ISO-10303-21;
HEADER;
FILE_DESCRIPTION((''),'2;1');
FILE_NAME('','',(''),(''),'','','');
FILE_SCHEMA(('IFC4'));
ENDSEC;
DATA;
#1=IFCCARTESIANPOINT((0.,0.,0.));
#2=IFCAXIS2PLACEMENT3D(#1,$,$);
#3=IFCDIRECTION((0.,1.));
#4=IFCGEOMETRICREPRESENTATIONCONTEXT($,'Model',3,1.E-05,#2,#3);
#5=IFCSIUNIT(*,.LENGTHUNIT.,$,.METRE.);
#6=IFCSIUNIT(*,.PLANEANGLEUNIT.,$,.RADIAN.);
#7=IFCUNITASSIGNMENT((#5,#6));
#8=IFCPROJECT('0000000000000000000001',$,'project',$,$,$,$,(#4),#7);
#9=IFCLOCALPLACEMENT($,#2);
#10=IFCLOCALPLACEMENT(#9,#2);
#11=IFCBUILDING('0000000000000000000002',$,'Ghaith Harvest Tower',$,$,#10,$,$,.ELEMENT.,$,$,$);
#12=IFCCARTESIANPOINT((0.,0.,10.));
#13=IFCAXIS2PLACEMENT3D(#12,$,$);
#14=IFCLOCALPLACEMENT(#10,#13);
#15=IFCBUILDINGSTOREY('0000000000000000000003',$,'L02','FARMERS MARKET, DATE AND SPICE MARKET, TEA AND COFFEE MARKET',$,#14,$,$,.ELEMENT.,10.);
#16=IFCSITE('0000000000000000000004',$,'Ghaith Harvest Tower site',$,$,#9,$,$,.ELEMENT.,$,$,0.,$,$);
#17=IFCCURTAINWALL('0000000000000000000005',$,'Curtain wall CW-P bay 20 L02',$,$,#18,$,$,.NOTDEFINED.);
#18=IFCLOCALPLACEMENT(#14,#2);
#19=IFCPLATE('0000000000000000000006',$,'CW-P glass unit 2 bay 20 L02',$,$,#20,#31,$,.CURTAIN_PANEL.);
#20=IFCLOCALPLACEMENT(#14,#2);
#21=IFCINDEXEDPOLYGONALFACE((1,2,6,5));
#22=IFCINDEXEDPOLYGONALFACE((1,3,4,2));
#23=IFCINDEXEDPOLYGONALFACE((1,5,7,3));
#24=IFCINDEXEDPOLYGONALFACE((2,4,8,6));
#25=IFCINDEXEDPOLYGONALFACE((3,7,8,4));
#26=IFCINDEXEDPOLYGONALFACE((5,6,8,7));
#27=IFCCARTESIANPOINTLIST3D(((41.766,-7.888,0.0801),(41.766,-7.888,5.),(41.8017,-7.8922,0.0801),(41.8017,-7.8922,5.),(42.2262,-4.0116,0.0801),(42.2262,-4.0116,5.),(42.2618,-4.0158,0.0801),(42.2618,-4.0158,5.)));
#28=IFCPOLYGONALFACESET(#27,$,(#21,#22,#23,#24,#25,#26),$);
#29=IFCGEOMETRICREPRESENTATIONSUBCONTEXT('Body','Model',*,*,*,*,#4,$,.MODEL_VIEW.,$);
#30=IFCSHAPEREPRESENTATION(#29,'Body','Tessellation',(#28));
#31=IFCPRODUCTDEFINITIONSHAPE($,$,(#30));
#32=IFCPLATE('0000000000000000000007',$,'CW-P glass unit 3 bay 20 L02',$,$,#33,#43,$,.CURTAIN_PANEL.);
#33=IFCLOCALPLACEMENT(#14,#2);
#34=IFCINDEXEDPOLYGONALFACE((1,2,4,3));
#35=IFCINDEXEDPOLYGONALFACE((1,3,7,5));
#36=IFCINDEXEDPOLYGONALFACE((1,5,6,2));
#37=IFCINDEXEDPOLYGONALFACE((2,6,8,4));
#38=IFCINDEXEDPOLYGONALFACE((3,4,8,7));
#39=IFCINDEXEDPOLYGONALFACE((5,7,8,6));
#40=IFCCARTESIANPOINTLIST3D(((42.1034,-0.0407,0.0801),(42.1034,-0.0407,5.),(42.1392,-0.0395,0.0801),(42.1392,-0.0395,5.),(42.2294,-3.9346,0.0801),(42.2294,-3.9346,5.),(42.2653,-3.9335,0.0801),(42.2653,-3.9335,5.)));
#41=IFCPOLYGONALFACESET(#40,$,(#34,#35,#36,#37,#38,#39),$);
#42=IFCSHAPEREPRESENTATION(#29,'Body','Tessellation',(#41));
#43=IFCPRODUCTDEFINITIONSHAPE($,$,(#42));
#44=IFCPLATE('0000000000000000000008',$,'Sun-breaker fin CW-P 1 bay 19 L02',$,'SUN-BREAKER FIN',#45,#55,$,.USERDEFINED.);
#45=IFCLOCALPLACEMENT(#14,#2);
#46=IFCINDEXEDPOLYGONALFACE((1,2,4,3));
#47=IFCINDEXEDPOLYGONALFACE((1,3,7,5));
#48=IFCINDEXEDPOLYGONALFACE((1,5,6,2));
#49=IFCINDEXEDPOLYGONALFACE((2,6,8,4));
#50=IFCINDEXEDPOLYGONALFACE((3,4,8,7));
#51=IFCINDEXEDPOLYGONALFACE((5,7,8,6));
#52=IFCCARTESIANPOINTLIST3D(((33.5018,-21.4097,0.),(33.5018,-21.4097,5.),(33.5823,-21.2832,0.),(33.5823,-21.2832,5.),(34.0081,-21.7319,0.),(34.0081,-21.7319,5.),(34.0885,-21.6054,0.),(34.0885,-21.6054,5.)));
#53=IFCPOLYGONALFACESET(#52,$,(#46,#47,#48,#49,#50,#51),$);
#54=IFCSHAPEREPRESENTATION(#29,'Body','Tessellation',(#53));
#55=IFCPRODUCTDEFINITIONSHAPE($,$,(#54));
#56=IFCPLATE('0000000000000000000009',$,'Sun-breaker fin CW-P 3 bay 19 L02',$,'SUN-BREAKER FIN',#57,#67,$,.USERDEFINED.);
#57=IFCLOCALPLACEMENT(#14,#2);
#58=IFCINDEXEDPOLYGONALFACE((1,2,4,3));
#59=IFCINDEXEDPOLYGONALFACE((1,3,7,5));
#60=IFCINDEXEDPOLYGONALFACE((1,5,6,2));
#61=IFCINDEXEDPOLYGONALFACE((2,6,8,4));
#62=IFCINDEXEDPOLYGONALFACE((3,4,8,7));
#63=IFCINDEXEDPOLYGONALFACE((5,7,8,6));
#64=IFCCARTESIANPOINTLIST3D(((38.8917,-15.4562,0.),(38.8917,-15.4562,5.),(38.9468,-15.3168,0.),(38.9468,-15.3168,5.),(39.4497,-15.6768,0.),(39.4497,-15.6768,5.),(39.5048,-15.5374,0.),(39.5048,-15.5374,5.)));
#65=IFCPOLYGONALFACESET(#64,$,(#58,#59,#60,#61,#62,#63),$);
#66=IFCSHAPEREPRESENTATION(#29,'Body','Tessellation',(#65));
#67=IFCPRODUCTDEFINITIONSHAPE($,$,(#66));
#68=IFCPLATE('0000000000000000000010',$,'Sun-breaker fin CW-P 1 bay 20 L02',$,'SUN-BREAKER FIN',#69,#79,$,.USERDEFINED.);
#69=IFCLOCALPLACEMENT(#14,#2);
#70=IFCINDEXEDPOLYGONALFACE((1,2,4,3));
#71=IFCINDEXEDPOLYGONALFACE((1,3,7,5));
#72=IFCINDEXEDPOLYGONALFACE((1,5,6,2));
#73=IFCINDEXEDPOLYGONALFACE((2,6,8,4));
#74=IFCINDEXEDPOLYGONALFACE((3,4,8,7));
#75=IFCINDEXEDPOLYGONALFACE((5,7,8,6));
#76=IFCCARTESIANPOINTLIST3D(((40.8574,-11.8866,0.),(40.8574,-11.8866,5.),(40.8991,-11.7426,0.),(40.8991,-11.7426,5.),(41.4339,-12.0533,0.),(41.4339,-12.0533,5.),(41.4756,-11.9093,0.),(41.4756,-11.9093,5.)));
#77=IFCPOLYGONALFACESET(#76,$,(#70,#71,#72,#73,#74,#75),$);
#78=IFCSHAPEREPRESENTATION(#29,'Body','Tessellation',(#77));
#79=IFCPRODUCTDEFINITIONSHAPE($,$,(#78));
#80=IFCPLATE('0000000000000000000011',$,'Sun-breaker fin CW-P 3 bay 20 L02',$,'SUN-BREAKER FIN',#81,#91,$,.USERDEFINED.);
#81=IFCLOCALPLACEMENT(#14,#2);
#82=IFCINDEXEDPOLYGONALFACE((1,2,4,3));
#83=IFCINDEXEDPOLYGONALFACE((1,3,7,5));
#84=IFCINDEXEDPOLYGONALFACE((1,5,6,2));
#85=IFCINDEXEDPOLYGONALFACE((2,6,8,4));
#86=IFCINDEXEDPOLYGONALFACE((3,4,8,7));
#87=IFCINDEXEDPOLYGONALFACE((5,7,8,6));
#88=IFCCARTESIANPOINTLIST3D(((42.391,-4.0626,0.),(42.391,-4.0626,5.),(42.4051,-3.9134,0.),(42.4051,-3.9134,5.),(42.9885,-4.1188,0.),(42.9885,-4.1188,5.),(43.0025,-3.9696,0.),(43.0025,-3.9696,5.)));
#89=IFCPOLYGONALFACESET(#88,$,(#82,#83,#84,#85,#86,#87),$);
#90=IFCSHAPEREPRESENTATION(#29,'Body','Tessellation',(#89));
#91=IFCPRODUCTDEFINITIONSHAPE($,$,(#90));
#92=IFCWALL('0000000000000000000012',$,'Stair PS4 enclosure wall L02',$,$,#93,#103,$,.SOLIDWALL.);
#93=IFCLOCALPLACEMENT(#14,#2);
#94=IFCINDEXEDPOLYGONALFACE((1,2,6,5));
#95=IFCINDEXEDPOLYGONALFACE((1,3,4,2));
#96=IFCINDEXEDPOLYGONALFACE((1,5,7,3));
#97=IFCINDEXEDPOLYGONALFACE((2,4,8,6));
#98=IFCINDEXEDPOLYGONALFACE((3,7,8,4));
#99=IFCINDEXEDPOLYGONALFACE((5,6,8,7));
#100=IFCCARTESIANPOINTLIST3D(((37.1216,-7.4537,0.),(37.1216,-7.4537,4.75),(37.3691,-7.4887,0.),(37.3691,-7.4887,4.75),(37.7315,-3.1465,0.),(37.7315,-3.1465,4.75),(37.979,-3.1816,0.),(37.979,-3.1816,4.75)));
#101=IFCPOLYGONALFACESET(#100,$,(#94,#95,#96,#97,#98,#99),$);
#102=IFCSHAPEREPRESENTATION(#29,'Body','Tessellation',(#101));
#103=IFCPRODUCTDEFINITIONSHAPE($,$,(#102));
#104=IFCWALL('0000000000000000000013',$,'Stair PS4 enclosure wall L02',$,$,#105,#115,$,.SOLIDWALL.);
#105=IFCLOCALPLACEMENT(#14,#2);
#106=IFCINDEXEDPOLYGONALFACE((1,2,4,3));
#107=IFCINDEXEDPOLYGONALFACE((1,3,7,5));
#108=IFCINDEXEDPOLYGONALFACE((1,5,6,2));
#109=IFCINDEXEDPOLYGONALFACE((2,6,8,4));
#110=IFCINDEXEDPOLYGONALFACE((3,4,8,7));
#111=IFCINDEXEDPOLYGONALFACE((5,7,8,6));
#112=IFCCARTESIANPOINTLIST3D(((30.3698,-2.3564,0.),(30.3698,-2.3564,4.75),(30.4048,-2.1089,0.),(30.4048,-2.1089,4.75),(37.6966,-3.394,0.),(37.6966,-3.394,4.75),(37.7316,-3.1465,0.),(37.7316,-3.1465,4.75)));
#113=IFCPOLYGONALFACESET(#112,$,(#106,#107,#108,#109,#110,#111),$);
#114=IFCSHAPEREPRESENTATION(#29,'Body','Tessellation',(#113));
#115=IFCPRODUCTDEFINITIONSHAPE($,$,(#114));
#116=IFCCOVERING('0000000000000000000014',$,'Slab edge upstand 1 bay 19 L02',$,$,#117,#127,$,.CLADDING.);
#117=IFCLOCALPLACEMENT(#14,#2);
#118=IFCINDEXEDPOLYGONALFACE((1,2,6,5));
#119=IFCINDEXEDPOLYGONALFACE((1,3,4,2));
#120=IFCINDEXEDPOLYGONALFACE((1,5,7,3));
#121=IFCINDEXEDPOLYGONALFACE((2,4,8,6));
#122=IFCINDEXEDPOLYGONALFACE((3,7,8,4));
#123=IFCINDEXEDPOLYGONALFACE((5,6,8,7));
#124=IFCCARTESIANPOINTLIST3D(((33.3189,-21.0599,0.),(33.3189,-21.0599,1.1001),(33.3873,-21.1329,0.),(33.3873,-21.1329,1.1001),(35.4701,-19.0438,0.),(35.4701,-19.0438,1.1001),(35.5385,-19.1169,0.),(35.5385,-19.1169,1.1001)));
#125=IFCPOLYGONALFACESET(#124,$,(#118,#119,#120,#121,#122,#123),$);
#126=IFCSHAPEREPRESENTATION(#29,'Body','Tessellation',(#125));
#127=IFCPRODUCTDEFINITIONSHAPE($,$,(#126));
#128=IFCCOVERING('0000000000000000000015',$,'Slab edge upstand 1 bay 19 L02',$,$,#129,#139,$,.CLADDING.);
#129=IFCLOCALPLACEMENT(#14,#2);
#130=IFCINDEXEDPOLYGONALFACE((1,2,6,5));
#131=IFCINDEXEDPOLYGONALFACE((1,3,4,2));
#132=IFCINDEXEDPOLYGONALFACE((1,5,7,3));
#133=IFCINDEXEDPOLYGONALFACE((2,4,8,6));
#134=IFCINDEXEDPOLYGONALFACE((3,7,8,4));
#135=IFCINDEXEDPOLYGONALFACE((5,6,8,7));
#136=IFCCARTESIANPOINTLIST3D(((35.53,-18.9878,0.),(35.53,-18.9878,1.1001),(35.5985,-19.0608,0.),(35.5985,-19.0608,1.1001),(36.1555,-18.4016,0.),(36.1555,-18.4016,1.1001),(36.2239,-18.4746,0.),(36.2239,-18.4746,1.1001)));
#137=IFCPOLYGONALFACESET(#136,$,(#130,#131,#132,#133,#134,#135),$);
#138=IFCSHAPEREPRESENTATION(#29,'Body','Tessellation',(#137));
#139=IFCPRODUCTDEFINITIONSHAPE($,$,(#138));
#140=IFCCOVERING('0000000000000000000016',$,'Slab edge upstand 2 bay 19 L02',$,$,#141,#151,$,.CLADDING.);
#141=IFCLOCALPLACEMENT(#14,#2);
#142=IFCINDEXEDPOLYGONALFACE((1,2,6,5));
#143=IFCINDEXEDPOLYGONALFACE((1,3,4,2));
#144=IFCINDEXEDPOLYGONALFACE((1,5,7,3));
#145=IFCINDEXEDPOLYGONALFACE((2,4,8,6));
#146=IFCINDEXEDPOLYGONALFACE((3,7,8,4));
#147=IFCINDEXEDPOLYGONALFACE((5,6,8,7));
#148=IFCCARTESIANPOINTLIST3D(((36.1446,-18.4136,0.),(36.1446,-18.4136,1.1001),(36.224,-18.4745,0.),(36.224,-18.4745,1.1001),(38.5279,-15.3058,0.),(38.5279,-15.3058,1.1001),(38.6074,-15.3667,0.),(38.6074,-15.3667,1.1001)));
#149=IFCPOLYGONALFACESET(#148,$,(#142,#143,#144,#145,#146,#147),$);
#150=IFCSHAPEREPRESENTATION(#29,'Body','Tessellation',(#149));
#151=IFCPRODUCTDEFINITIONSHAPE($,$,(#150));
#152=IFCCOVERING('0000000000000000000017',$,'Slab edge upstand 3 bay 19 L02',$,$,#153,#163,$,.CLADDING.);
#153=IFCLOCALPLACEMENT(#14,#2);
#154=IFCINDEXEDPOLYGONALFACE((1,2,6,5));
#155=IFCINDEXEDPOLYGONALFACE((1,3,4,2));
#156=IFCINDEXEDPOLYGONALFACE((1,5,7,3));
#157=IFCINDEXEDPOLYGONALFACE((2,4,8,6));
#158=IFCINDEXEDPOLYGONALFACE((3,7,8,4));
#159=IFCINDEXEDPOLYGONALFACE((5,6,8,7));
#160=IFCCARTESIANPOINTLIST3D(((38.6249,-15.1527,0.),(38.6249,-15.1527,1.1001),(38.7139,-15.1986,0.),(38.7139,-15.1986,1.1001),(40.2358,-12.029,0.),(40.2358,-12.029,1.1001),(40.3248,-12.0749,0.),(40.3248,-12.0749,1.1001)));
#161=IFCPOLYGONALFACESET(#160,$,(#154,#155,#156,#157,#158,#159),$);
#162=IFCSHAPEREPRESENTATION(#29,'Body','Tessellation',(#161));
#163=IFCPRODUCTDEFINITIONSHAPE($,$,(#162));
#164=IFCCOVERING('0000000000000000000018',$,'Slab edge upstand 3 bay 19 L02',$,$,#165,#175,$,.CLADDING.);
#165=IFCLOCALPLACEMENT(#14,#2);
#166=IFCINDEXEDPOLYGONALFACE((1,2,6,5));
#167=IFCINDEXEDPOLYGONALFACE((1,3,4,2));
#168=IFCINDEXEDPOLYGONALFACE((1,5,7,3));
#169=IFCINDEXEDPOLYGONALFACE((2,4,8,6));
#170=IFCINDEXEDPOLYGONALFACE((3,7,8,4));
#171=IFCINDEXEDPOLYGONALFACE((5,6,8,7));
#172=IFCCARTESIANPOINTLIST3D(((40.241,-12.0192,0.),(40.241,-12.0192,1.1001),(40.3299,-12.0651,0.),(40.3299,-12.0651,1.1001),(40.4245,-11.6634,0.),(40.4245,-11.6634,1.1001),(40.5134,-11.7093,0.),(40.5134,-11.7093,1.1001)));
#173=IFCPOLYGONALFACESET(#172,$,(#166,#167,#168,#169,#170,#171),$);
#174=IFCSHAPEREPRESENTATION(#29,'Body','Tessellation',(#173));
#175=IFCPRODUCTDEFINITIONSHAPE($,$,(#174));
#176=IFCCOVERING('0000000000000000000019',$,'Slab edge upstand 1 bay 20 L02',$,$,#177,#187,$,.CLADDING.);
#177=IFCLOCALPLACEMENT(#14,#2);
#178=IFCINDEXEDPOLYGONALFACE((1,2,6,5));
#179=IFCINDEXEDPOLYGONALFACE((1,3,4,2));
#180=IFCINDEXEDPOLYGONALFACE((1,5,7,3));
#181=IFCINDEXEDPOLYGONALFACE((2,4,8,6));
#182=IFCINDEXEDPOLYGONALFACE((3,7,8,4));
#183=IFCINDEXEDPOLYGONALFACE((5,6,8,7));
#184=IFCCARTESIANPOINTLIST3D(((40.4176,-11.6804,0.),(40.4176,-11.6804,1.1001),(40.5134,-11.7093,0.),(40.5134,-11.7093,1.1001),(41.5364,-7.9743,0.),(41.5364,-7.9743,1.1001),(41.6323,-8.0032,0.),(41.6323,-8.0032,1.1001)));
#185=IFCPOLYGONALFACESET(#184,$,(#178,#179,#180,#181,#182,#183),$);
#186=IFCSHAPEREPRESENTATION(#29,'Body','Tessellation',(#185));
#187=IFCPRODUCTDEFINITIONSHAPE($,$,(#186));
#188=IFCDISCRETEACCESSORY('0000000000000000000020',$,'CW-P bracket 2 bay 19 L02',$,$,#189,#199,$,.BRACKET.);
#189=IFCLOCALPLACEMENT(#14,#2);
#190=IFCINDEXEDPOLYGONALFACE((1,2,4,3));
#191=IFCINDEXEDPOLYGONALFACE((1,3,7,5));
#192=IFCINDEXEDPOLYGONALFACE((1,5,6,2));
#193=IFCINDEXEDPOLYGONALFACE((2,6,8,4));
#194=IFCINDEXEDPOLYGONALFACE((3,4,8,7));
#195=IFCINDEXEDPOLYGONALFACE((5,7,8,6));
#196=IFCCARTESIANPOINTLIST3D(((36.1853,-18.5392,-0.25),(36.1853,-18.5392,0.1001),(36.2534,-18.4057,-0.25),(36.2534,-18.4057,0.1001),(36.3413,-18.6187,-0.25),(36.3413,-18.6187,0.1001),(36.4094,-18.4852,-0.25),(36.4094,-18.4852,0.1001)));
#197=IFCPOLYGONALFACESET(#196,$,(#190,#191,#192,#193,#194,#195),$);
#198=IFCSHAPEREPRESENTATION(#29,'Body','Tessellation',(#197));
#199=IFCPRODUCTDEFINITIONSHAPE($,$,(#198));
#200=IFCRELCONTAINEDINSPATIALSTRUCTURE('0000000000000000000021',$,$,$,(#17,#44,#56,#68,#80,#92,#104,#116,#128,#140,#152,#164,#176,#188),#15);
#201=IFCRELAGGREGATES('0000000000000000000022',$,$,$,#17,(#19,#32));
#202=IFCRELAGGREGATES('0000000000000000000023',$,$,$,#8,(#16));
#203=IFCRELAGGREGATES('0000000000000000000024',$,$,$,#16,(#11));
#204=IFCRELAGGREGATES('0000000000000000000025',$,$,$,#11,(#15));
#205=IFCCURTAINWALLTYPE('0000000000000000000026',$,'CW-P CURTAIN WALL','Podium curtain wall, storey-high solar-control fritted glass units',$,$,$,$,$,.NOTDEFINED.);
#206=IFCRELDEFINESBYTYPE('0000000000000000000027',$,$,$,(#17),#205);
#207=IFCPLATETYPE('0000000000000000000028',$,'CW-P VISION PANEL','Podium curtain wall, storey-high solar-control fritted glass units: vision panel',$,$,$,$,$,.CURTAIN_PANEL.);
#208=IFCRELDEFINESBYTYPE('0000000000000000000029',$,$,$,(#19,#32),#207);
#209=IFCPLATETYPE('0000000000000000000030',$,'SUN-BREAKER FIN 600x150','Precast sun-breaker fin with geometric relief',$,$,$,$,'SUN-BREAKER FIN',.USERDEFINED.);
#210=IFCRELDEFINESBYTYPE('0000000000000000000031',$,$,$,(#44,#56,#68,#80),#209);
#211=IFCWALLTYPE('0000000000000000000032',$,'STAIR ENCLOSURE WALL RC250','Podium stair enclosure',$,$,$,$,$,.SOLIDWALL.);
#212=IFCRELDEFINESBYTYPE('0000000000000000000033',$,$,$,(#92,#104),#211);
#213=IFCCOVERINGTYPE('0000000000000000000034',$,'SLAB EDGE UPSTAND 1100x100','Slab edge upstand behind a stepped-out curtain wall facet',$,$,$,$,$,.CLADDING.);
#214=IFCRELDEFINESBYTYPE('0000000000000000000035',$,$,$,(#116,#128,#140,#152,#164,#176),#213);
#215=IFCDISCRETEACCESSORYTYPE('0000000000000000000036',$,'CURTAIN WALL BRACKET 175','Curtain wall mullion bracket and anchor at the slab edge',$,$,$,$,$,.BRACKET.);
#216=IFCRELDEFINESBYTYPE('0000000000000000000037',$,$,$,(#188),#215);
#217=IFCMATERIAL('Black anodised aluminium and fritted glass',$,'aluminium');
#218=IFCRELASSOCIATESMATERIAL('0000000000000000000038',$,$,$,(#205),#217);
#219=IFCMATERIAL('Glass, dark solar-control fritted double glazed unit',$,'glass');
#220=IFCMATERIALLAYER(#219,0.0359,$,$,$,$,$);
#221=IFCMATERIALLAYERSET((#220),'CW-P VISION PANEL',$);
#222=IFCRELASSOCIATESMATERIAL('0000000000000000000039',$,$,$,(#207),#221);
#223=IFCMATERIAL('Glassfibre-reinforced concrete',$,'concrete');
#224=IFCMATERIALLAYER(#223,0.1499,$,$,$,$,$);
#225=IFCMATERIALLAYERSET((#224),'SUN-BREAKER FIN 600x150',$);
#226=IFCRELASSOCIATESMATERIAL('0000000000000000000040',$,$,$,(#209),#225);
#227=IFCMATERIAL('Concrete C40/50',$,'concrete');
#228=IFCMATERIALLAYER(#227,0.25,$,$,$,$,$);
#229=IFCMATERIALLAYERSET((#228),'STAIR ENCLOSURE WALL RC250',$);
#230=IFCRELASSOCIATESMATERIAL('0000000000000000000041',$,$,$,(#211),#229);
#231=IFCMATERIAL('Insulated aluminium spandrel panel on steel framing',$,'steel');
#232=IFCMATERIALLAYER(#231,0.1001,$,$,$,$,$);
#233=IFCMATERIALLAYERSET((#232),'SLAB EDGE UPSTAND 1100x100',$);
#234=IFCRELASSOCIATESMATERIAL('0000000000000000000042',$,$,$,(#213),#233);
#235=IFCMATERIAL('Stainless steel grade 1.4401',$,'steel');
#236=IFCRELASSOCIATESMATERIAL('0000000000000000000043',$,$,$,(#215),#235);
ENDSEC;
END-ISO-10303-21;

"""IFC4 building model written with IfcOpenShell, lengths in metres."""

from ifc_helpers import new_model, si_unit, direction, frame, frame_2d, origin, origin_2d, place, context, subcontext, project, spatial, rectangle, extrude, material, layer, layer_set, type_object, element, aggregate, save


model = new_model("IFC4")

# Units and contexts
model_context = context("Model", 3, precision=1e-05, world=origin(), true_north=direction((0.0, 1.0)))
body_context = subcontext(model_context, "Body", "Model", "MODEL_VIEW")
ifc_project = project(units=[si_unit("LENGTHUNIT", "METRE"), si_unit("PLANEANGLEUNIT", "RADIAN")], contexts=[model_context])

# Site, building, storey
site_placement = place(None, origin())
site = spatial("IfcSite", under=ifc_project, at=site_placement, Name="Ghaith Harvest Tower site", CompositionType="ELEMENT", RefElevation=0.0)
building_placement = place(site_placement, origin())
building = spatial("IfcBuilding", under=site, at=building_placement, Name="Ghaith Harvest Tower", CompositionType="ELEMENT")
storey_placement = place(building_placement, frame((0.0, 0.0, 10.0)))
storey = spatial("IfcBuildingStorey", under=building, at=storey_placement, Name="L02", Description="FARMERS MARKET, DATE AND SPICE MARKET, TEA AND COFFEE MARKET", CompositionType="ELEMENT", Elevation=10.0)

# Curtain wall
ifc_material_1 = material(Name="Black anodised aluminium and fritted glass", Category="aluminium")
curtain_wall_type = type_object("IfcCurtainWallType", Name="CW-P CURTAIN WALL", Description="Podium curtain wall, storey-high solar-control fritted glass units", PredefinedType="NOTDEFINED", material=ifc_material_1)
curtain_wall_1_placement = place(storey_placement, origin())
curtain_wall_1 = element("IfcCurtainWall", 1, at=curtain_wall_1_placement, inside=storey, type_object=curtain_wall_type, Name="Curtain wall CW-P bay 20 L02", PredefinedType="NOTDEFINED")

# Plates
ifc_material_2 = material(Name="Glass, dark solar-control fritted double glazed unit", Category="glass")
ifc_layer_1 = layer(ifc_material_2, 0.0359)
ifc_layer_set_1 = layer_set([ifc_layer_1], Name="CW-P VISION PANEL")
plate_type_1 = type_object("IfcPlateType", Name="CW-P VISION PANEL", Description="Podium curtain wall, storey-high solar-control fritted glass units: vision panel", PredefinedType="CURTAIN_PANEL", material=ifc_layer_set_1)
plate_1_placement = place(storey_placement, frame((42.0139, -5.9519, 0.0801), z_axis=(0.0, 0.0, 1.0), x_axis=(0.117877, 0.993028, 0.0)))
plate_1 = element("IfcPlate", 2, at=plate_1_placement, type_object=plate_type_1, Name="CW-P glass unit 2 bay 20 L02", PredefinedType="CURTAIN_PANEL", context=body_context, shape_type="SweptSolid", body=[
    extrude(rectangle(XDim=3.9036, YDim=0.0359, at=origin_2d()), origin(), (0.0, 0.0, 1.0), 4.9199),
])
plate_2_placement = place(storey_placement, frame((42.1843, -1.9871, 0.0801), z_axis=(0.0, 0.0, 1.0), x_axis=(-0.032352, 0.999477, 0.0)))
plate_2 = element("IfcPlate", 3, at=plate_2_placement, type_object=plate_type_1, Name="CW-P glass unit 3 bay 20 L02", PredefinedType="CURTAIN_PANEL", context=body_context, shape_type="SweptSolid", body=[
    extrude(rectangle(XDim=3.896, YDim=0.0359, at=origin_2d()), origin(), (0.0, 0.0, 1.0), 4.9199),
])
aggregate(curtain_wall_1, [plate_1, plate_2])

# Plates
ifc_material_3 = material(Name="Glassfibre-reinforced concrete", Category="concrete")
ifc_layer_2 = layer(ifc_material_3, 0.1499)
ifc_layer_set_2 = layer_set([ifc_layer_2], Name="SUN-BREAKER FIN 600x150")
plate_type_2 = type_object("IfcPlateType", Name="SUN-BREAKER FIN 600x150", Description="Precast sun-breaker fin with geometric relief", ElementType="SUN-BREAKER FIN", PredefinedType="USERDEFINED", material=ifc_layer_set_2)
for number, where, z_axis, x_axis, name in (
    (4, (33.7952, -21.5076, 0.0), (0.0, 0.0, 1.0), (0.843644, -0.536903, 0.0), "Sun-breaker fin CW-P 1 bay 19 L02"),
    (5, (39.1982, -15.4968, 0.0), (0.0, 0.0, 1.0), (0.929961, -0.367659, 0.0), "Sun-breaker fin CW-P 3 bay 19 L02"),
    (6, (41.1665, -11.8979, 0.0), (0.0, 0.0, 1.0), (0.96068, -0.277657, 0.0), "Sun-breaker fin CW-P 1 bay 20 L02"),
    (7, (42.6968, -4.0161, 0.0), (0.0, 0.0, 1.0), (0.995605, -0.093647, 0.0), "Sun-breaker fin CW-P 3 bay 20 L02"),
):
    element("IfcPlate", number, at=place(storey_placement, frame(where, z_axis=z_axis, x_axis=x_axis)), inside=storey, type_object=plate_type_2, Name=name, ObjectType="SUN-BREAKER FIN", PredefinedType="USERDEFINED", context=body_context, shape_type="SweptSolid", body=[
        extrude(rectangle(XDim=0.6001, YDim=0.1499, at=origin_2d()), origin(), (0.0, 0.0, 1.0), 5.0),
    ])

# Walls
ifc_material_4 = material(Name="Concrete C40/50", Category="concrete")
ifc_layer_3 = layer(ifc_material_4, 0.25)
ifc_layer_set_3 = layer_set([ifc_layer_3], Name="STAIR ENCLOSURE WALL RC250")
wall_type = type_object("IfcWallType", Name="STAIR ENCLOSURE WALL RC250", Description="Podium stair enclosure", PredefinedType="SOLIDWALL", material=ifc_layer_set_3)
wall_1_placement = place(storey_placement, frame((37.8552, -3.1641, 0.0), z_axis=(0.0, 0.0, 1.0), x_axis=(-0.140196, -0.990124, 0.0)))
element("IfcWall", 8, at=wall_1_placement, inside=storey, type_object=wall_type, Name="Stair PS4 enclosure wall L02", PredefinedType="SOLIDWALL", context=body_context, shape_type="SweptSolid", body=[
    extrude(rectangle(XDim=4.3501, YDim=0.25, at=frame_2d((2.175, 0.0))), origin(), (0.0, 0.0, 1.0), 4.75),
])
wall_2_placement = place(storey_placement, frame((37.7141, -3.2703, 0.0), z_axis=(0.0, 0.0, 1.0), x_axis=(-0.990121, 0.140216, 0.0)))
element("IfcWall", 9, at=wall_2_placement, inside=storey, type_object=wall_type, Name="Stair PS4 enclosure wall L02", PredefinedType="SOLIDWALL", context=body_context, shape_type="SweptSolid", body=[
    extrude(rectangle(XDim=7.3999, YDim=0.25, at=frame_2d((3.7, 0.0))), origin(), (0.0, 0.0, 1.0), 4.75),
])

# Coverings
ifc_material_5 = material(Name="Insulated aluminium spandrel panel on steel framing", Category="steel")
ifc_layer_4 = layer(ifc_material_5, 0.1001)
ifc_layer_set_4 = layer_set([ifc_layer_4], Name="SLAB EDGE UPSTAND 1100x100")
covering_type = type_object("IfcCoveringType", Name="SLAB EDGE UPSTAND 1100x100", Description="Slab edge upstand behind a stepped-out curtain wall facet", PredefinedType="CLADDING", material=ifc_layer_set_4)
covering_1_placement = place(storey_placement, frame((34.4287, -20.0884, 0.0), z_axis=(0.0, 0.0, 1.0), x_axis=(0.729659, 0.683811, 0.0)))
element("IfcCovering", 10, at=covering_1_placement, inside=storey, type_object=covering_type, Name="Slab edge upstand 1 bay 19 L02", PredefinedType="CLADDING", context=body_context, shape_type="SweptSolid", body=[
    extrude(rectangle(XDim=2.9482, YDim=0.1001, at=origin_2d()), origin(), (0.0, 0.0, 1.0), 1.1001),
])
covering_2_placement = place(storey_placement, frame((35.877, -18.7312, 0.0), z_axis=(0.0, 0.0, 1.0), x_axis=(0.729659, 0.683811, 0.0)))
element("IfcCovering", 11, at=covering_2_placement, inside=storey, type_object=covering_type, Name="Slab edge upstand 1 bay 19 L02", PredefinedType="CLADDING", context=body_context, shape_type="SweptSolid", body=[
    extrude(rectangle(XDim=0.8572, YDim=0.1001, at=origin_2d()), origin(), (0.0, 0.0, 1.0), 1.1001),
])
covering_3_placement = place(storey_placement, frame((37.376, -16.8901, 0.0), z_axis=(0.0, 0.0, 1.0), x_axis=(0.608537, 0.793526, 0.0)))
element("IfcCovering", 12, at=covering_3_placement, inside=storey, type_object=covering_type, Name="Slab edge upstand 2 bay 19 L02", PredefinedType="CLADDING", context=body_context, shape_type="SweptSolid", body=[
    extrude(rectangle(XDim=3.9165, YDim=0.1001, at=origin_2d()), origin(), (0.0, 0.0, 1.0), 1.1001),
])
covering_4_placement = place(storey_placement, frame((39.4749, -13.6138, 0.0), z_axis=(0.0, 0.0, 1.0), x_axis=(0.458353, 0.88877, 0.0)))
element("IfcCovering", 13, at=covering_4_placement, inside=storey, type_object=covering_type, Name="Slab edge upstand 3 bay 19 L02", PredefinedType="CLADDING", context=body_context, shape_type="SweptSolid", body=[
    extrude(rectangle(XDim=3.5146, YDim=0.1001, at=origin_2d()), origin(), (0.0, 0.0, 1.0), 1.1001),
])
covering_5_placement = place(storey_placement, frame((40.3772, -11.8643, 0.0), z_axis=(0.0, 0.0, 1.0), x_axis=(0.458353, 0.88877, 0.0)))
element("IfcCovering", 14, at=covering_5_placement, inside=storey, type_object=covering_type, Name="Slab edge upstand 3 bay 19 L02", PredefinedType="CLADDING", context=body_context, shape_type="SweptSolid", body=[
    extrude(rectangle(XDim=0.4004, YDim=0.1001, at=origin_2d()), origin(), (0.0, 0.0, 1.0), 1.1001),
])
covering_6_placement = place(storey_placement, frame((41.0249, -9.8418, 0.0), z_axis=(0.0, 0.0, 1.0), x_axis=(0.289015, 0.957325, 0.0)))
element("IfcCovering", 15, at=covering_6_placement, inside=storey, type_object=covering_type, Name="Slab edge upstand 1 bay 20 L02", PredefinedType="CLADDING", context=body_context, shape_type="SweptSolid", body=[
    extrude(rectangle(XDim=3.8713, YDim=0.1001, at=origin_2d()), origin(), (0.0, 0.0, 1.0), 1.1001),
])

# Discrete accessory
ifc_material_6 = material(Name="Stainless steel grade 1.4401", Category="steel")
discrete_accessory_type_1 = type_object("IfcDiscreteAccessoryType", Name="CURTAIN WALL BRACKET 175", Description="Curtain wall mullion bracket and anchor at the slab edge", PredefinedType="BRACKET", material=ifc_material_6)
discrete_accessory_1_placement = place(storey_placement, frame((36.2974, -18.5122, -0.25), z_axis=(0.0, 0.0, 1.0), x_axis=(0.890831, -0.454335, 0.0)))
element("IfcDiscreteAccessory", 16, at=discrete_accessory_1_placement, inside=storey, type_object=discrete_accessory_type_1, Name="CW-P bracket 2 bay 19 L02", PredefinedType="BRACKET", context=body_context, shape_type="SweptSolid", body=[
    extrude(rectangle(XDim=0.175, YDim=0.1499, at=origin_2d()), origin(), (0.0, 0.0, 1.0), 0.3501),
])

save(model, "model.ifc")
